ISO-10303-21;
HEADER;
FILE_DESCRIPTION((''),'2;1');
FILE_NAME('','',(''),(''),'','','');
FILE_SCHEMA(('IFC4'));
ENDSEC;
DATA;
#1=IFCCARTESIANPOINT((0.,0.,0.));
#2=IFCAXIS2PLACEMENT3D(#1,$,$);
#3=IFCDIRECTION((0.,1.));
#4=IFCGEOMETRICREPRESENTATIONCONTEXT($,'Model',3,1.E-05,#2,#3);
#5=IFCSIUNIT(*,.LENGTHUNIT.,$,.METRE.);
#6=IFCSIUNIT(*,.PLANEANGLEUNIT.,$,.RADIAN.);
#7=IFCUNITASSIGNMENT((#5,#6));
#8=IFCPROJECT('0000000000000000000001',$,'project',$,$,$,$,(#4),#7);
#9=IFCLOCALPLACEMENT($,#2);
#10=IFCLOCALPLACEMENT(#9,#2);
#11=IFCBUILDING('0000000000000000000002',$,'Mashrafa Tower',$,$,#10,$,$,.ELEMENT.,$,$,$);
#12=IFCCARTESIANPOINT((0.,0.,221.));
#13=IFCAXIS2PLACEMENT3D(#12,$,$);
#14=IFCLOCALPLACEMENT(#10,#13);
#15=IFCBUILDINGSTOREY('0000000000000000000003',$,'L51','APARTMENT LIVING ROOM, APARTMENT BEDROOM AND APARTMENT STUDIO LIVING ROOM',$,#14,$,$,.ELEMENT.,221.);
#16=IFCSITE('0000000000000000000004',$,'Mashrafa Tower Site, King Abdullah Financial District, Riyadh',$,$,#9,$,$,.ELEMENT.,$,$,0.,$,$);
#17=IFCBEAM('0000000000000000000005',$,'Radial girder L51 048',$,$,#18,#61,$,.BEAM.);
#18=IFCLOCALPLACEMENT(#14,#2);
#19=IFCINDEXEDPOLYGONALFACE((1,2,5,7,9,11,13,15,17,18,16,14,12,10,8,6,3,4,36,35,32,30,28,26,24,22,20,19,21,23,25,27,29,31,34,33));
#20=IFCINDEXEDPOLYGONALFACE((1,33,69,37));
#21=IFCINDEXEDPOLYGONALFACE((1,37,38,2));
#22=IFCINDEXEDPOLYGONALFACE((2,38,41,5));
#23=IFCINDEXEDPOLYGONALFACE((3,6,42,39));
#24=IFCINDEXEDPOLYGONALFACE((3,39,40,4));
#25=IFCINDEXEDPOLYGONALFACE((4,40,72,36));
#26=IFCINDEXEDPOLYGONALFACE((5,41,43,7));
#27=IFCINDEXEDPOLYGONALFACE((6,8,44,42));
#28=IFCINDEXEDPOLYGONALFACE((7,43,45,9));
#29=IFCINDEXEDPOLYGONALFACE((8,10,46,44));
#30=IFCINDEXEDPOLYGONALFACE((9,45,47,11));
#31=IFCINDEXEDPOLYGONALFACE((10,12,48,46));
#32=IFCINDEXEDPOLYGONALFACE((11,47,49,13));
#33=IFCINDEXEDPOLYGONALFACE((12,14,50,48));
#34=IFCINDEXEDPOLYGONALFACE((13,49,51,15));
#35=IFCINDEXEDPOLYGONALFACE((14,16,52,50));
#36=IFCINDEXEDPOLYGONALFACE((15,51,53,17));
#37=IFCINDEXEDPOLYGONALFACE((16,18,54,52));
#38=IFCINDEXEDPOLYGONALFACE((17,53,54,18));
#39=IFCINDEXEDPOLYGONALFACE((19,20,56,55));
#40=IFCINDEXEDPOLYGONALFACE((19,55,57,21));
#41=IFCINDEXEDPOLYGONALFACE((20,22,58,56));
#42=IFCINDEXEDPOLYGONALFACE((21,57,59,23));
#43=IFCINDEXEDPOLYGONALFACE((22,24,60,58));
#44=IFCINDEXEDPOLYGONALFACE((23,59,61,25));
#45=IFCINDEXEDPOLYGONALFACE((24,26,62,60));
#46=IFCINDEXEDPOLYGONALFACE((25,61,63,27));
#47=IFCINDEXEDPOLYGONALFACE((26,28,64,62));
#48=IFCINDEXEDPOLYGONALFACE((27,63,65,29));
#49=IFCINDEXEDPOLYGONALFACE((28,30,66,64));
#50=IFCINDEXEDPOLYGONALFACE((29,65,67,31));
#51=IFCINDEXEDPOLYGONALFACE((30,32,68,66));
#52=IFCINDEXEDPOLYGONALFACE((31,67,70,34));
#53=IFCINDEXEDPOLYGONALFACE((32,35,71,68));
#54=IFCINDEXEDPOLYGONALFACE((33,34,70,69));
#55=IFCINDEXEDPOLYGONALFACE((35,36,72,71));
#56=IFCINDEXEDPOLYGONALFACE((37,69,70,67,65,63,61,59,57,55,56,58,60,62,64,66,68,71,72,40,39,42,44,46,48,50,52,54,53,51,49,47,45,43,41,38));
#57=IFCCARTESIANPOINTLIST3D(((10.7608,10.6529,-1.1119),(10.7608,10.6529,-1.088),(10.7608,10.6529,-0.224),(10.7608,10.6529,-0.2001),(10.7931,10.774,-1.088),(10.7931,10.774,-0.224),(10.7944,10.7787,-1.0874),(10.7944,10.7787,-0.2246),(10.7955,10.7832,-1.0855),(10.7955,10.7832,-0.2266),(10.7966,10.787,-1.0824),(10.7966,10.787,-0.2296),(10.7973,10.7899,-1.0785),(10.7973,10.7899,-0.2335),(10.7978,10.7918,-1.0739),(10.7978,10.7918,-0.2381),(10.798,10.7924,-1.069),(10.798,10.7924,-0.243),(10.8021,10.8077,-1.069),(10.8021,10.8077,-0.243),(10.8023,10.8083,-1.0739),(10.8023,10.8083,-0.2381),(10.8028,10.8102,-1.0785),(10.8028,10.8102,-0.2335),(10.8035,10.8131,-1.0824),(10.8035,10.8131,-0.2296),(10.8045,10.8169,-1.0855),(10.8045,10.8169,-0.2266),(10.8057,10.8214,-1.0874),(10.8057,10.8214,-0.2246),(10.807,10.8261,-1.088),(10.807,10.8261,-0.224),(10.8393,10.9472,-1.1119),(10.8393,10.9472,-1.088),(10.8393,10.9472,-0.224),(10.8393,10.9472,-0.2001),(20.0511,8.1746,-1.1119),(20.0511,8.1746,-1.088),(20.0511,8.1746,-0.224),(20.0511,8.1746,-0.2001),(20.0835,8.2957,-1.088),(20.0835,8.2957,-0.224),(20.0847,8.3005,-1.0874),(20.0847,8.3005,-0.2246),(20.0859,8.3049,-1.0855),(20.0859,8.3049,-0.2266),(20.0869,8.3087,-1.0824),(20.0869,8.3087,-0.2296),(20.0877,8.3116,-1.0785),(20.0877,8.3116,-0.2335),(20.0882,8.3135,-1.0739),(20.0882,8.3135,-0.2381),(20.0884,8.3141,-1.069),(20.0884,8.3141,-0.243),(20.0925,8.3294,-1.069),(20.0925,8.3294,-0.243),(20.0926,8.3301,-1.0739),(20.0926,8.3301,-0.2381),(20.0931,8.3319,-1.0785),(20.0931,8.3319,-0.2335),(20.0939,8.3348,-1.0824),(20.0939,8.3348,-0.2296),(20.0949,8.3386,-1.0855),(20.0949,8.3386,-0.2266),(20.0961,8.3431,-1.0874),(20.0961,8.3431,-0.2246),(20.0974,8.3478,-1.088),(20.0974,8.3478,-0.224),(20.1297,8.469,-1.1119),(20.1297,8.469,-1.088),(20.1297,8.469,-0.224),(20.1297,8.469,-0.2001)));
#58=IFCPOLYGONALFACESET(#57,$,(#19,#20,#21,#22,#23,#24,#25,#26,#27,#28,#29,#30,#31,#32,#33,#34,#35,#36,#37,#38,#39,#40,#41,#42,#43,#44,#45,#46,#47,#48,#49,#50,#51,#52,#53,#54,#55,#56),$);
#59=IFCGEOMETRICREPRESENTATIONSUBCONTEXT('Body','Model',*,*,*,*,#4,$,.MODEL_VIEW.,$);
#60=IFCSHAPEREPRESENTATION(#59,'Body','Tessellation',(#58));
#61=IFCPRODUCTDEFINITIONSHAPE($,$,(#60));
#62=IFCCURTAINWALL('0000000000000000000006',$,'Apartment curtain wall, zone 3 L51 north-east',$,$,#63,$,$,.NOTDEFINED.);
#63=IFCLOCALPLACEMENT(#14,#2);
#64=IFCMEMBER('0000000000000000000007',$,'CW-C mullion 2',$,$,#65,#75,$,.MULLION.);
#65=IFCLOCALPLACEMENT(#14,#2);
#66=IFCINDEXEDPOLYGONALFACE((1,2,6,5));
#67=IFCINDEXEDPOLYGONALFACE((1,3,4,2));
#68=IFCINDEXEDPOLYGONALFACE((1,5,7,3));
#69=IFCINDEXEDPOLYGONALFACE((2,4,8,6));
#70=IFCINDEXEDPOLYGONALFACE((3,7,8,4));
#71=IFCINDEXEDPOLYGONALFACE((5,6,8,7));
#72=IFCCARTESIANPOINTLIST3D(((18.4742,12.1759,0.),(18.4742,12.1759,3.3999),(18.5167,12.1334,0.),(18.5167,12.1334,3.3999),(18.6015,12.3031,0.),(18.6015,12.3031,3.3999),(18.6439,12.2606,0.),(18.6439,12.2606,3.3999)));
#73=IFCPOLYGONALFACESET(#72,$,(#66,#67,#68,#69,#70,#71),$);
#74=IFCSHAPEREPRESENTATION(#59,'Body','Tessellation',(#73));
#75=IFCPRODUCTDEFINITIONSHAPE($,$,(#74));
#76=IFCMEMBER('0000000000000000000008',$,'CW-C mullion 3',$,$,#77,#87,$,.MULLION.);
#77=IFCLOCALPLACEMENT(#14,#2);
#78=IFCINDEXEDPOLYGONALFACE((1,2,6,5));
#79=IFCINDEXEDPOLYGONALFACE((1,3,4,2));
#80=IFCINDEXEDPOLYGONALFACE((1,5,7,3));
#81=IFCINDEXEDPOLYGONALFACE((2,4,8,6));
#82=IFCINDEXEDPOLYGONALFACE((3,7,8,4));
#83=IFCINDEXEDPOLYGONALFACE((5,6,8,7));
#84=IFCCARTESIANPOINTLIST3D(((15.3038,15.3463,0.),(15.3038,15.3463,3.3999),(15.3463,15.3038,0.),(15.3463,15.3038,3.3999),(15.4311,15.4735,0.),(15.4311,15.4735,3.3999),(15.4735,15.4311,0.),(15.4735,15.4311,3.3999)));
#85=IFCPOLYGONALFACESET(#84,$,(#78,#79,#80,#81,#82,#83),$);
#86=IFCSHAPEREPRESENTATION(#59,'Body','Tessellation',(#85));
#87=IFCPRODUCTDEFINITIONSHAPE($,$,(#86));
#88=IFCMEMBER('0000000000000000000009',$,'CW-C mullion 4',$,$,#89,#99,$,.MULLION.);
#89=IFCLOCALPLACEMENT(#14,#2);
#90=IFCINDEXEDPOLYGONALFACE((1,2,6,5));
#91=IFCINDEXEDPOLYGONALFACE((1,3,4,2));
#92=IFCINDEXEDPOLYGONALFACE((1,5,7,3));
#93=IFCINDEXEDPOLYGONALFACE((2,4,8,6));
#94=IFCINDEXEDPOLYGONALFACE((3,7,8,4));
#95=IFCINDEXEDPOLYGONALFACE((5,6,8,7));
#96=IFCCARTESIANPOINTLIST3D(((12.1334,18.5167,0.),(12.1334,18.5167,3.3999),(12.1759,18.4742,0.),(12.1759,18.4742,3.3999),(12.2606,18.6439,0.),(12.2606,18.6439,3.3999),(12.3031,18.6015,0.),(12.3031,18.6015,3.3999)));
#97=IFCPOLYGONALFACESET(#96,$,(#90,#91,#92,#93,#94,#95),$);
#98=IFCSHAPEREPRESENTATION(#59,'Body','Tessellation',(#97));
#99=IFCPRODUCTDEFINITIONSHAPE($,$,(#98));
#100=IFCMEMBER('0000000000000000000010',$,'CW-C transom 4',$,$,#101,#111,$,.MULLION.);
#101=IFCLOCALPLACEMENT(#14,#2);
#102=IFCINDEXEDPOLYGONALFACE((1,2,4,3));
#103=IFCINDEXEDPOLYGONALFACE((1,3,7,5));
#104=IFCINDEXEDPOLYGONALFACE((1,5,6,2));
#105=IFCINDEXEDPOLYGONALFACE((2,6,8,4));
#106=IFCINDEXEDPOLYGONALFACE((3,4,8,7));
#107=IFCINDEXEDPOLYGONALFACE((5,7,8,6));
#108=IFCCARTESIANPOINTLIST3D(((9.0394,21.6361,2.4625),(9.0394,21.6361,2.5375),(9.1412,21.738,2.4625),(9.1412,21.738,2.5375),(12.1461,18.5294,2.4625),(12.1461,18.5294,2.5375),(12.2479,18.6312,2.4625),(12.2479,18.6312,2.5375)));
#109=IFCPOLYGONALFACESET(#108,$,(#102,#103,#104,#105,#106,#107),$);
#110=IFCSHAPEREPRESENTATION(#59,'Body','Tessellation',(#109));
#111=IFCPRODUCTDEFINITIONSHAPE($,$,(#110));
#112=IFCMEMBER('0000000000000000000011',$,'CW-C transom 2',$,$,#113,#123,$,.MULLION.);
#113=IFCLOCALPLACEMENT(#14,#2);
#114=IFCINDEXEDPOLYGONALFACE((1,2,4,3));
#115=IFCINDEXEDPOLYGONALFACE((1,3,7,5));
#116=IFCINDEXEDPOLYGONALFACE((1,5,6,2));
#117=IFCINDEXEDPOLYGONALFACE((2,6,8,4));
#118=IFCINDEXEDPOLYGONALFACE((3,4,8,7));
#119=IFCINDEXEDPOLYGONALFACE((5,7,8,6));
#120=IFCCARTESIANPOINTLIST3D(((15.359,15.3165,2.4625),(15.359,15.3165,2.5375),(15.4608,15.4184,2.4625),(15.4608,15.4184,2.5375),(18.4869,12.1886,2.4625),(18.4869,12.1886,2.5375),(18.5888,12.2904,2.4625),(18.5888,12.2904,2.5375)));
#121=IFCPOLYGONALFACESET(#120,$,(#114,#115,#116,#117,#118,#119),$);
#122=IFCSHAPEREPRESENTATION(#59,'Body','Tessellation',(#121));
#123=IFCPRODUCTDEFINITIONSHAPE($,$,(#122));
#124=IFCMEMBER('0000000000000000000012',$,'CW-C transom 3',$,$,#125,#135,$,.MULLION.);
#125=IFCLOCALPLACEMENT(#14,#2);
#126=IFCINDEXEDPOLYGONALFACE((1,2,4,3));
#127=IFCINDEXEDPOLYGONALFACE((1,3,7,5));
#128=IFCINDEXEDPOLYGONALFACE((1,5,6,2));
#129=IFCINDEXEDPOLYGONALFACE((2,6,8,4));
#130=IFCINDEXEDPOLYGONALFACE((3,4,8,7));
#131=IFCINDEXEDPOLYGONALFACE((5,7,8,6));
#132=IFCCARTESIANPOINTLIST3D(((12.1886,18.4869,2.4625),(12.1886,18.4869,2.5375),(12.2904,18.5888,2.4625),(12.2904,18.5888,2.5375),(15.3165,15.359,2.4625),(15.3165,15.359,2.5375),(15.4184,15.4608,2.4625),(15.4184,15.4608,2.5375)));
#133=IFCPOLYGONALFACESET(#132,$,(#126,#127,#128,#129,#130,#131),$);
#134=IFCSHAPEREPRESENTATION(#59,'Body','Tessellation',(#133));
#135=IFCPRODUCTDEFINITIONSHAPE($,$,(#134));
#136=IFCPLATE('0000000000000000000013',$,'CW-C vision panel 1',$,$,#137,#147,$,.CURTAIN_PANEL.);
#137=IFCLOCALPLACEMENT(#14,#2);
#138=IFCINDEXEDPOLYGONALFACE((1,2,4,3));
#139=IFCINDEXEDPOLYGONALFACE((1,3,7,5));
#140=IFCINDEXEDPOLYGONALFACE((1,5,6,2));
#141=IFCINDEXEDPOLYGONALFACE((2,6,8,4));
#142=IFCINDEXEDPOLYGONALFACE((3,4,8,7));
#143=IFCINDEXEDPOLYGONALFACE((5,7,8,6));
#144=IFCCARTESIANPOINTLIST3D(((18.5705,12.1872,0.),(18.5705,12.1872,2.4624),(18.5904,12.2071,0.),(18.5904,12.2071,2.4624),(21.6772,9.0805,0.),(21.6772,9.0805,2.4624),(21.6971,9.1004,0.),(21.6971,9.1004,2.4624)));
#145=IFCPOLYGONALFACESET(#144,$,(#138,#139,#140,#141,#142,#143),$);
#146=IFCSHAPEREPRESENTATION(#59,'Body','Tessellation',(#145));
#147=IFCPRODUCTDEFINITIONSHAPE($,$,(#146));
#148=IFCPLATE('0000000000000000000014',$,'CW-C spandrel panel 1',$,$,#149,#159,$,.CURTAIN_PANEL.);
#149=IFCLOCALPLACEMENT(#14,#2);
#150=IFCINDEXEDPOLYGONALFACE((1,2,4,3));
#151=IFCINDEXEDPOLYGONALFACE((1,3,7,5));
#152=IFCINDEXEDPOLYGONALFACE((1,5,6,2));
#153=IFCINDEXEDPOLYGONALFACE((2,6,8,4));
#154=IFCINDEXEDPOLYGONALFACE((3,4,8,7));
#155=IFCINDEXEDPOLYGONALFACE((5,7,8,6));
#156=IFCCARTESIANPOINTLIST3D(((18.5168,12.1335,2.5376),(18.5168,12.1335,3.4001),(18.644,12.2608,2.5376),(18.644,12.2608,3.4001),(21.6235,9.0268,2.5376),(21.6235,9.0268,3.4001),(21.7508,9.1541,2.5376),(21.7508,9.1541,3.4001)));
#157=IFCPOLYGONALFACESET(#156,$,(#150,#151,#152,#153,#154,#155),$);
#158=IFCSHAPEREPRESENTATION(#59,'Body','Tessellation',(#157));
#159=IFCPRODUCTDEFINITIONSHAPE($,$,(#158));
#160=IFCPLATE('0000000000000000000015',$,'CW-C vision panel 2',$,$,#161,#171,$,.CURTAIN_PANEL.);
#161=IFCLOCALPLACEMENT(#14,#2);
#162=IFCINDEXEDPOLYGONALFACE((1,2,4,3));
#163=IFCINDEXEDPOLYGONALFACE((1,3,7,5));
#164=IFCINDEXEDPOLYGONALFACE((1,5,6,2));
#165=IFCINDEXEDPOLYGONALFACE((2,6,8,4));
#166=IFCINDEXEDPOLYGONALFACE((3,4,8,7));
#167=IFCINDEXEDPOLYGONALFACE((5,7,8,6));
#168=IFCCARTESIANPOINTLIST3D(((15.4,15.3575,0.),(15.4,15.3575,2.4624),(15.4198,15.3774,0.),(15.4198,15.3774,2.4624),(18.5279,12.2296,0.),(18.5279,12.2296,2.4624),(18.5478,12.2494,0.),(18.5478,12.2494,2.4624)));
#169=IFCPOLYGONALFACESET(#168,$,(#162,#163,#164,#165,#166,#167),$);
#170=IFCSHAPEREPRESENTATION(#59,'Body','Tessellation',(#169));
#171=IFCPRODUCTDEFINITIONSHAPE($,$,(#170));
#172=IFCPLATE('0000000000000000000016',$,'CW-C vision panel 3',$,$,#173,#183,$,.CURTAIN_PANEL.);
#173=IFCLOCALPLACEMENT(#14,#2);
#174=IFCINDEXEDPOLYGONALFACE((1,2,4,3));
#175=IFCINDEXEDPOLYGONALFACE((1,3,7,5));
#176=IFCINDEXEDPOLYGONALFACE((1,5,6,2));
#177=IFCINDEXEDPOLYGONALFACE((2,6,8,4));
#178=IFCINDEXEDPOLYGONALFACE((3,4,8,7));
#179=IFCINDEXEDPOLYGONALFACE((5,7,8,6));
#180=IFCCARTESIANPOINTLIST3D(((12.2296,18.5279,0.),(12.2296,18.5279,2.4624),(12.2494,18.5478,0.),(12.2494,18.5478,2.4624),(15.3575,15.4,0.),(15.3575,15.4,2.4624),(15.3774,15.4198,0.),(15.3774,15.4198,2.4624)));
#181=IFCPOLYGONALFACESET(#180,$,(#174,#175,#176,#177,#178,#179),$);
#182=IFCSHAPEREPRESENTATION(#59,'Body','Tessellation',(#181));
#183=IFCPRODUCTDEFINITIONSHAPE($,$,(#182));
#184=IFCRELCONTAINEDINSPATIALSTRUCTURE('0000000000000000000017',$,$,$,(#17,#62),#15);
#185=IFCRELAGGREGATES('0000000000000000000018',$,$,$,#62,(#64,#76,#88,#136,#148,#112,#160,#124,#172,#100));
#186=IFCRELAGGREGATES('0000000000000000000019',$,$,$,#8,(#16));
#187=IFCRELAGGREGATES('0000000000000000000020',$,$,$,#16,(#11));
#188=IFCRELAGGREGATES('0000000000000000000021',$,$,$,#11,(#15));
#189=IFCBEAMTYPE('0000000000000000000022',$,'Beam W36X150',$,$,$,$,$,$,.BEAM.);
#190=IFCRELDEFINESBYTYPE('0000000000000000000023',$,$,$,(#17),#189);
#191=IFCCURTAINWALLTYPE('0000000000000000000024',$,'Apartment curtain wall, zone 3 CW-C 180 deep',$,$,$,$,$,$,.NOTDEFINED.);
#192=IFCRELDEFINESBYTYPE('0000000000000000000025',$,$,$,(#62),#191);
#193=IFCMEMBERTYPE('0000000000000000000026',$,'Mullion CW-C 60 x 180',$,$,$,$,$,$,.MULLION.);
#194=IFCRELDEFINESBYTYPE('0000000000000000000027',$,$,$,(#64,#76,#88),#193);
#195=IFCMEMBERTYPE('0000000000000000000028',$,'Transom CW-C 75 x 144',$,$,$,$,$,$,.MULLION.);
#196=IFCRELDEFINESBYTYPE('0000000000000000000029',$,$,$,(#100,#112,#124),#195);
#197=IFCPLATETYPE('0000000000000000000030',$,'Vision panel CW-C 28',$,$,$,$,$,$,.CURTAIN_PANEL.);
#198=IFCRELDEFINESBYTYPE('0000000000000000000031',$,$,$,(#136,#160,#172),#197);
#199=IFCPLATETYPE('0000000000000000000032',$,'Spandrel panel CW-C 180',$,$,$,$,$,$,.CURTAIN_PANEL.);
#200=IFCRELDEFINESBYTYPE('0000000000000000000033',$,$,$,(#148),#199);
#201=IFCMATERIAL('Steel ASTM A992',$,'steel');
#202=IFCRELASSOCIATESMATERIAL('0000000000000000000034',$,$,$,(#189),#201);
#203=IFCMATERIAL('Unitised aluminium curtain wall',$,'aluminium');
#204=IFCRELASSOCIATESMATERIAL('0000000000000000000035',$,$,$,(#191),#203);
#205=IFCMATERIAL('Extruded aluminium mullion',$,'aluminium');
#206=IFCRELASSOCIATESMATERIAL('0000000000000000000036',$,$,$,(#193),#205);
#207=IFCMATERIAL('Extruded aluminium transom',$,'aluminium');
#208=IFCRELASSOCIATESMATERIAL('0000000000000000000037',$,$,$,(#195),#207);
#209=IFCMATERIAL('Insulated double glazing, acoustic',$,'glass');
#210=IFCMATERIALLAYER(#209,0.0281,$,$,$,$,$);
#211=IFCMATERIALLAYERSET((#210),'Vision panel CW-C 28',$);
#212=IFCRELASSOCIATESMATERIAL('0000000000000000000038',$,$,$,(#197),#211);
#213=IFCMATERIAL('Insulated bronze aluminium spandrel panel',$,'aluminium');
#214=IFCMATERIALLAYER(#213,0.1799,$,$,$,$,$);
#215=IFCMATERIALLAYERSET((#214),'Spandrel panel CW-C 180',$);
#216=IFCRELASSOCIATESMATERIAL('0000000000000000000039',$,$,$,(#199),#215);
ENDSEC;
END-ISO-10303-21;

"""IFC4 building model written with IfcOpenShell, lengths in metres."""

from ifc_helpers import new_model, si_unit, direction, frame, origin, origin_2d, place, context, subcontext, project, spatial, rectangle, i_section, extrude, source, transform, mapped, material, layer, layer_set, material_profile, profile_set, type_object, type_shapes, element, aggregate, save


model = new_model("IFC4")

# Units and contexts
model_context = context("Model", 3, precision=1e-05, world=origin(), true_north=direction((0.0, 1.0)))
body_context = subcontext(model_context, "Body", "Model", "MODEL_VIEW")
ifc_project = project(units=[si_unit("LENGTHUNIT", "METRE"), si_unit("PLANEANGLEUNIT", "RADIAN")], contexts=[model_context])

# Site, building, storey
site_placement = place(None, origin())
site = spatial("IfcSite", under=ifc_project, at=site_placement, Name="Mashrafa Tower Site, King Abdullah Financial District, Riyadh", CompositionType="ELEMENT", RefElevation=0.0)
building_placement = place(site_placement, origin())
building = spatial("IfcBuilding", under=site, at=building_placement, Name="Mashrafa Tower", CompositionType="ELEMENT")
storey_placement = place(building_placement, frame((0.0, 0.0, 221.0)))
storey = spatial("IfcBuildingStorey", under=building, at=storey_placement, Name="L51", Description="APARTMENT LIVING ROOM, APARTMENT BEDROOM AND APARTMENT STUDIO LIVING ROOM", CompositionType="ELEMENT", Elevation=221.0)

# Beam
ifc_material_1 = material(Name="Steel ASTM A992", Category="steel")
ifc_material_profile_1 = material_profile(ifc_material_1, i_section(OverallWidth=0.3047, OverallDepth=0.9119, WebThickness=0.0159, FlangeThickness=0.0239, FilletRadius=0.019, at=origin_2d()), Name="W36X150")
ifc_profile_set_1 = profile_set([ifc_material_profile_1], Name="Steel ASTM A992")
beam_type_1 = type_object("IfcBeamType", Name="Beam W36X150", PredefinedType="BEAM", material=ifc_profile_set_1)
beam_1_placement = place(storey_placement, frame((10.8, 10.8, -0.656), z_axis=(0.966213, -0.257746, 0.0), x_axis=(0.257746, 0.966213, 0.0)))
element("IfcBeam", 1, at=beam_1_placement, inside=storey, type_object=beam_type_1, Name="Radial girder L51 048", PredefinedType="BEAM", context=body_context, shape_type="SweptSolid", body=[
    extrude(i_section(OverallWidth=0.3047, OverallDepth=0.9119, WebThickness=0.0159, FlangeThickness=0.0239, FilletRadius=0.019, at=origin_2d()), origin(), (0.0, 0.0, 1.0), 9.6152),
])

# Curtain wall, members, plates
ifc_material_2 = material(Name="Unitised aluminium curtain wall", Category="aluminium")
curtain_wall_type = type_object("IfcCurtainWallType", Name="Apartment curtain wall, zone 3 CW-C 180 deep", PredefinedType="NOTDEFINED", material=ifc_material_2)
curtain_wall_placement = place(storey_placement, origin())
curtain_wall = element("IfcCurtainWall", 2, at=curtain_wall_placement, inside=storey, type_object=curtain_wall_type, Name="Apartment curtain wall, zone 3 L51 north-east", PredefinedType="NOTDEFINED")
ifc_material_3 = material(Name="Extruded aluminium mullion", Category="aluminium")
ifc_material_profile_2 = material_profile(ifc_material_3, rectangle(XDim=0.1799, YDim=0.0601, at=origin_2d()), Name="Mullion 60x180")
ifc_profile_set_2 = profile_set([ifc_material_profile_2], Name="Extruded aluminium mullion")
member_type_1 = type_object("IfcMemberType", Name="Mullion CW-C 60 x 180", PredefinedType="MULLION", material=ifc_profile_set_2)
shared_shape_1 = source(origin(), body_context, "Body", "SweptSolid", [
    extrude(rectangle(XDim=0.1799, YDim=0.0601, at=origin_2d()), origin(), (0.0, 0.0, 1.0), 3.3999),
])
type_shapes(member_type_1, [shared_shape_1])
member_1_placement = place(storey_placement, frame((18.5591, 12.2183, 0.0), z_axis=(0.0, 0.0, 1.0), x_axis=(-0.707107, -0.707107, 0.0)))
member_1 = element("IfcMember", 3, at=member_1_placement, type_object=member_type_1, Name="CW-C mullion 2", PredefinedType="MULLION", context=body_context, shape_type="MappedRepresentation", body=[
    mapped(shared_shape_1, transform((0.0, 0.0, 0.0))),
])
member_2_placement = place(storey_placement, frame((15.3887, 15.3887, 0.0), z_axis=(0.0, 0.0, 1.0), x_axis=(-0.707107, -0.707107, 0.0)))
member_2 = element("IfcMember", 4, at=member_2_placement, type_object=member_type_1, Name="CW-C mullion 3", PredefinedType="MULLION", context=body_context, shape_type="MappedRepresentation", body=[
    mapped(shared_shape_1, transform((0.0, 0.0, 0.0))),
])
member_3_placement = place(storey_placement, frame((12.2183, 18.5591, 0.0), z_axis=(0.0, 0.0, 1.0), x_axis=(-0.707107, -0.707107, 0.0)))
member_3 = element("IfcMember", 5, at=member_3_placement, type_object=member_type_1, Name="CW-C mullion 4", PredefinedType="MULLION", context=body_context, shape_type="MappedRepresentation", body=[
    mapped(shared_shape_1, transform((0.0, 0.0, 0.0))),
])
ifc_material_4 = material(Name="Extruded aluminium transom", Category="aluminium")
ifc_material_profile_3 = material_profile(ifc_material_4, rectangle(XDim=0.144, YDim=0.075, at=origin_2d()), Name="Transom 75x144")
ifc_profile_set_3 = profile_set([ifc_material_profile_3], Name="Extruded aluminium transom")
member_type_2 = type_object("IfcMemberType", Name="Transom CW-C 75 x 144", PredefinedType="MULLION", material=ifc_profile_set_3)
shared_shape_2 = source(origin(), body_context, "Body", "SweptSolid", [
    extrude(rectangle(XDim=0.144, YDim=0.075, at=origin_2d()), origin(), (0.0, 0.0, 1.0), 4.3936),
])
member_4_placement = place(storey_placement, frame((12.197, 18.5803, 2.5), z_axis=(-0.707107, 0.707107, 0.0), x_axis=(-0.707107, -0.707107, 0.0)))
member_4 = element("IfcMember", 6, at=member_4_placement, type_object=member_type_2, Name="CW-C transom 4", PredefinedType="MULLION", context=body_context, shape_type="MappedRepresentation", body=[
    mapped(shared_shape_2, transform((0.0, 0.0, 0.0))),
])
shared_shape_3 = source(origin(), body_context, "Body", "SweptSolid", [
    extrude(rectangle(XDim=0.144, YDim=0.075, at=origin_2d()), origin(), (0.0, 0.0, 1.0), 4.4236),
])
type_shapes(member_type_2, [shared_shape_2, shared_shape_3])
member_5_placement = place(storey_placement, frame((18.5378, 12.2395, 2.5), z_axis=(-0.707107, 0.707107, 0.0), x_axis=(-0.707107, -0.707107, 0.0)))
member_5 = element("IfcMember", 7, at=member_5_placement, type_object=member_type_2, Name="CW-C transom 2", PredefinedType="MULLION", context=body_context, shape_type="MappedRepresentation", body=[
    mapped(shared_shape_3, transform((0.0, 0.0, 0.0))),
])
member_6_placement = place(storey_placement, frame((15.3674, 15.4099, 2.5), z_axis=(-0.707107, 0.707107, 0.0), x_axis=(-0.707107, -0.707107, 0.0)))
member_6 = element("IfcMember", 8, at=member_6_placement, type_object=member_type_2, Name="CW-C transom 3", PredefinedType="MULLION", context=body_context, shape_type="MappedRepresentation", body=[
    mapped(shared_shape_3, transform((0.0, 0.0, 0.0))),
])
ifc_material_5 = material(Name="Insulated double glazing, acoustic", Category="glass")
ifc_layer_1 = layer(ifc_material_5, 0.0281)
ifc_layer_set_1 = layer_set([ifc_layer_1], Name="Vision panel CW-C 28")
plate_type_1 = type_object("IfcPlateType", Name="Vision panel CW-C 28", PredefinedType="CURTAIN_PANEL", material=ifc_layer_set_1)
shared_shape_4 = source(origin(), body_context, "Body", "SweptSolid", [
    extrude(rectangle(XDim=4.3936, YDim=0.0281, at=origin_2d()), origin(), (0.0, 0.0, 1.0), 2.4624),
])
plate_1_placement = place(storey_placement, frame((20.1338, 10.6438, 0.0), z_axis=(0.0, 0.0, 1.0), x_axis=(-0.707107, 0.707107, 0.0)))
plate_1 = element("IfcPlate", 9, at=plate_1_placement, type_object=plate_type_1, Name="CW-C vision panel 1", PredefinedType="CURTAIN_PANEL", context=body_context, shape_type="MappedRepresentation", body=[
    mapped(shared_shape_4, transform((0.0, 0.0, 0.0))),
])
ifc_material_6 = material(Name="Insulated bronze aluminium spandrel panel", Category="aluminium")
ifc_layer_2 = layer(ifc_material_6, 0.1799)
ifc_layer_set_2 = layer_set([ifc_layer_2], Name="Spandrel panel CW-C 180")
plate_type_2 = type_object("IfcPlateType", Name="Spandrel panel CW-C 180", PredefinedType="CURTAIN_PANEL", material=ifc_layer_set_2)
shared_shape_5 = source(origin(), body_context, "Body", "SweptSolid", [
    extrude(rectangle(XDim=4.3936, YDim=0.1799, at=origin_2d()), origin(), (0.0, 0.0, 1.0), 0.8625),
])
plate_2_placement = place(storey_placement, frame((20.1338, 10.6438, 2.5376), z_axis=(0.0, 0.0, 1.0), x_axis=(-0.707107, 0.707107, 0.0)))
plate_2 = element("IfcPlate", 10, at=plate_2_placement, type_object=plate_type_2, Name="CW-C spandrel panel 1", PredefinedType="CURTAIN_PANEL", context=body_context, shape_type="MappedRepresentation", body=[
    mapped(shared_shape_5, transform((0.0, 0.0, 0.0))),
])
shared_shape_6 = source(origin(), body_context, "Body", "SweptSolid", [
    extrude(rectangle(XDim=4.4236, YDim=0.0281, at=origin_2d()), origin(), (0.0, 0.0, 1.0), 2.4624),
])
type_shapes(plate_type_1, [shared_shape_4, shared_shape_6])
plate_3_placement = place(storey_placement, frame((16.9739, 13.8035, 0.0), z_axis=(0.0, 0.0, 1.0), x_axis=(-0.707107, 0.707107, 0.0)))
plate_3 = element("IfcPlate", 11, at=plate_3_placement, type_object=plate_type_1, Name="CW-C vision panel 2", PredefinedType="CURTAIN_PANEL", context=body_context, shape_type="MappedRepresentation", body=[
    mapped(shared_shape_6, transform((0.0, 0.0, 0.0))),
])
plate_4_placement = place(storey_placement, frame((13.8035, 16.9739, 0.0), z_axis=(0.0, 0.0, 1.0), x_axis=(-0.707107, 0.707107, 0.0)))
plate_4 = element("IfcPlate", 12, at=plate_4_placement, type_object=plate_type_1, Name="CW-C vision panel 3", PredefinedType="CURTAIN_PANEL", context=body_context, shape_type="MappedRepresentation", body=[
    mapped(shared_shape_6, transform((0.0, 0.0, 0.0))),
])
aggregate(curtain_wall, [member_1, member_2, member_3, plate_1, plate_2, member_5, plate_3, member_6, plate_4, member_4])

save(model, "model.ifc")
